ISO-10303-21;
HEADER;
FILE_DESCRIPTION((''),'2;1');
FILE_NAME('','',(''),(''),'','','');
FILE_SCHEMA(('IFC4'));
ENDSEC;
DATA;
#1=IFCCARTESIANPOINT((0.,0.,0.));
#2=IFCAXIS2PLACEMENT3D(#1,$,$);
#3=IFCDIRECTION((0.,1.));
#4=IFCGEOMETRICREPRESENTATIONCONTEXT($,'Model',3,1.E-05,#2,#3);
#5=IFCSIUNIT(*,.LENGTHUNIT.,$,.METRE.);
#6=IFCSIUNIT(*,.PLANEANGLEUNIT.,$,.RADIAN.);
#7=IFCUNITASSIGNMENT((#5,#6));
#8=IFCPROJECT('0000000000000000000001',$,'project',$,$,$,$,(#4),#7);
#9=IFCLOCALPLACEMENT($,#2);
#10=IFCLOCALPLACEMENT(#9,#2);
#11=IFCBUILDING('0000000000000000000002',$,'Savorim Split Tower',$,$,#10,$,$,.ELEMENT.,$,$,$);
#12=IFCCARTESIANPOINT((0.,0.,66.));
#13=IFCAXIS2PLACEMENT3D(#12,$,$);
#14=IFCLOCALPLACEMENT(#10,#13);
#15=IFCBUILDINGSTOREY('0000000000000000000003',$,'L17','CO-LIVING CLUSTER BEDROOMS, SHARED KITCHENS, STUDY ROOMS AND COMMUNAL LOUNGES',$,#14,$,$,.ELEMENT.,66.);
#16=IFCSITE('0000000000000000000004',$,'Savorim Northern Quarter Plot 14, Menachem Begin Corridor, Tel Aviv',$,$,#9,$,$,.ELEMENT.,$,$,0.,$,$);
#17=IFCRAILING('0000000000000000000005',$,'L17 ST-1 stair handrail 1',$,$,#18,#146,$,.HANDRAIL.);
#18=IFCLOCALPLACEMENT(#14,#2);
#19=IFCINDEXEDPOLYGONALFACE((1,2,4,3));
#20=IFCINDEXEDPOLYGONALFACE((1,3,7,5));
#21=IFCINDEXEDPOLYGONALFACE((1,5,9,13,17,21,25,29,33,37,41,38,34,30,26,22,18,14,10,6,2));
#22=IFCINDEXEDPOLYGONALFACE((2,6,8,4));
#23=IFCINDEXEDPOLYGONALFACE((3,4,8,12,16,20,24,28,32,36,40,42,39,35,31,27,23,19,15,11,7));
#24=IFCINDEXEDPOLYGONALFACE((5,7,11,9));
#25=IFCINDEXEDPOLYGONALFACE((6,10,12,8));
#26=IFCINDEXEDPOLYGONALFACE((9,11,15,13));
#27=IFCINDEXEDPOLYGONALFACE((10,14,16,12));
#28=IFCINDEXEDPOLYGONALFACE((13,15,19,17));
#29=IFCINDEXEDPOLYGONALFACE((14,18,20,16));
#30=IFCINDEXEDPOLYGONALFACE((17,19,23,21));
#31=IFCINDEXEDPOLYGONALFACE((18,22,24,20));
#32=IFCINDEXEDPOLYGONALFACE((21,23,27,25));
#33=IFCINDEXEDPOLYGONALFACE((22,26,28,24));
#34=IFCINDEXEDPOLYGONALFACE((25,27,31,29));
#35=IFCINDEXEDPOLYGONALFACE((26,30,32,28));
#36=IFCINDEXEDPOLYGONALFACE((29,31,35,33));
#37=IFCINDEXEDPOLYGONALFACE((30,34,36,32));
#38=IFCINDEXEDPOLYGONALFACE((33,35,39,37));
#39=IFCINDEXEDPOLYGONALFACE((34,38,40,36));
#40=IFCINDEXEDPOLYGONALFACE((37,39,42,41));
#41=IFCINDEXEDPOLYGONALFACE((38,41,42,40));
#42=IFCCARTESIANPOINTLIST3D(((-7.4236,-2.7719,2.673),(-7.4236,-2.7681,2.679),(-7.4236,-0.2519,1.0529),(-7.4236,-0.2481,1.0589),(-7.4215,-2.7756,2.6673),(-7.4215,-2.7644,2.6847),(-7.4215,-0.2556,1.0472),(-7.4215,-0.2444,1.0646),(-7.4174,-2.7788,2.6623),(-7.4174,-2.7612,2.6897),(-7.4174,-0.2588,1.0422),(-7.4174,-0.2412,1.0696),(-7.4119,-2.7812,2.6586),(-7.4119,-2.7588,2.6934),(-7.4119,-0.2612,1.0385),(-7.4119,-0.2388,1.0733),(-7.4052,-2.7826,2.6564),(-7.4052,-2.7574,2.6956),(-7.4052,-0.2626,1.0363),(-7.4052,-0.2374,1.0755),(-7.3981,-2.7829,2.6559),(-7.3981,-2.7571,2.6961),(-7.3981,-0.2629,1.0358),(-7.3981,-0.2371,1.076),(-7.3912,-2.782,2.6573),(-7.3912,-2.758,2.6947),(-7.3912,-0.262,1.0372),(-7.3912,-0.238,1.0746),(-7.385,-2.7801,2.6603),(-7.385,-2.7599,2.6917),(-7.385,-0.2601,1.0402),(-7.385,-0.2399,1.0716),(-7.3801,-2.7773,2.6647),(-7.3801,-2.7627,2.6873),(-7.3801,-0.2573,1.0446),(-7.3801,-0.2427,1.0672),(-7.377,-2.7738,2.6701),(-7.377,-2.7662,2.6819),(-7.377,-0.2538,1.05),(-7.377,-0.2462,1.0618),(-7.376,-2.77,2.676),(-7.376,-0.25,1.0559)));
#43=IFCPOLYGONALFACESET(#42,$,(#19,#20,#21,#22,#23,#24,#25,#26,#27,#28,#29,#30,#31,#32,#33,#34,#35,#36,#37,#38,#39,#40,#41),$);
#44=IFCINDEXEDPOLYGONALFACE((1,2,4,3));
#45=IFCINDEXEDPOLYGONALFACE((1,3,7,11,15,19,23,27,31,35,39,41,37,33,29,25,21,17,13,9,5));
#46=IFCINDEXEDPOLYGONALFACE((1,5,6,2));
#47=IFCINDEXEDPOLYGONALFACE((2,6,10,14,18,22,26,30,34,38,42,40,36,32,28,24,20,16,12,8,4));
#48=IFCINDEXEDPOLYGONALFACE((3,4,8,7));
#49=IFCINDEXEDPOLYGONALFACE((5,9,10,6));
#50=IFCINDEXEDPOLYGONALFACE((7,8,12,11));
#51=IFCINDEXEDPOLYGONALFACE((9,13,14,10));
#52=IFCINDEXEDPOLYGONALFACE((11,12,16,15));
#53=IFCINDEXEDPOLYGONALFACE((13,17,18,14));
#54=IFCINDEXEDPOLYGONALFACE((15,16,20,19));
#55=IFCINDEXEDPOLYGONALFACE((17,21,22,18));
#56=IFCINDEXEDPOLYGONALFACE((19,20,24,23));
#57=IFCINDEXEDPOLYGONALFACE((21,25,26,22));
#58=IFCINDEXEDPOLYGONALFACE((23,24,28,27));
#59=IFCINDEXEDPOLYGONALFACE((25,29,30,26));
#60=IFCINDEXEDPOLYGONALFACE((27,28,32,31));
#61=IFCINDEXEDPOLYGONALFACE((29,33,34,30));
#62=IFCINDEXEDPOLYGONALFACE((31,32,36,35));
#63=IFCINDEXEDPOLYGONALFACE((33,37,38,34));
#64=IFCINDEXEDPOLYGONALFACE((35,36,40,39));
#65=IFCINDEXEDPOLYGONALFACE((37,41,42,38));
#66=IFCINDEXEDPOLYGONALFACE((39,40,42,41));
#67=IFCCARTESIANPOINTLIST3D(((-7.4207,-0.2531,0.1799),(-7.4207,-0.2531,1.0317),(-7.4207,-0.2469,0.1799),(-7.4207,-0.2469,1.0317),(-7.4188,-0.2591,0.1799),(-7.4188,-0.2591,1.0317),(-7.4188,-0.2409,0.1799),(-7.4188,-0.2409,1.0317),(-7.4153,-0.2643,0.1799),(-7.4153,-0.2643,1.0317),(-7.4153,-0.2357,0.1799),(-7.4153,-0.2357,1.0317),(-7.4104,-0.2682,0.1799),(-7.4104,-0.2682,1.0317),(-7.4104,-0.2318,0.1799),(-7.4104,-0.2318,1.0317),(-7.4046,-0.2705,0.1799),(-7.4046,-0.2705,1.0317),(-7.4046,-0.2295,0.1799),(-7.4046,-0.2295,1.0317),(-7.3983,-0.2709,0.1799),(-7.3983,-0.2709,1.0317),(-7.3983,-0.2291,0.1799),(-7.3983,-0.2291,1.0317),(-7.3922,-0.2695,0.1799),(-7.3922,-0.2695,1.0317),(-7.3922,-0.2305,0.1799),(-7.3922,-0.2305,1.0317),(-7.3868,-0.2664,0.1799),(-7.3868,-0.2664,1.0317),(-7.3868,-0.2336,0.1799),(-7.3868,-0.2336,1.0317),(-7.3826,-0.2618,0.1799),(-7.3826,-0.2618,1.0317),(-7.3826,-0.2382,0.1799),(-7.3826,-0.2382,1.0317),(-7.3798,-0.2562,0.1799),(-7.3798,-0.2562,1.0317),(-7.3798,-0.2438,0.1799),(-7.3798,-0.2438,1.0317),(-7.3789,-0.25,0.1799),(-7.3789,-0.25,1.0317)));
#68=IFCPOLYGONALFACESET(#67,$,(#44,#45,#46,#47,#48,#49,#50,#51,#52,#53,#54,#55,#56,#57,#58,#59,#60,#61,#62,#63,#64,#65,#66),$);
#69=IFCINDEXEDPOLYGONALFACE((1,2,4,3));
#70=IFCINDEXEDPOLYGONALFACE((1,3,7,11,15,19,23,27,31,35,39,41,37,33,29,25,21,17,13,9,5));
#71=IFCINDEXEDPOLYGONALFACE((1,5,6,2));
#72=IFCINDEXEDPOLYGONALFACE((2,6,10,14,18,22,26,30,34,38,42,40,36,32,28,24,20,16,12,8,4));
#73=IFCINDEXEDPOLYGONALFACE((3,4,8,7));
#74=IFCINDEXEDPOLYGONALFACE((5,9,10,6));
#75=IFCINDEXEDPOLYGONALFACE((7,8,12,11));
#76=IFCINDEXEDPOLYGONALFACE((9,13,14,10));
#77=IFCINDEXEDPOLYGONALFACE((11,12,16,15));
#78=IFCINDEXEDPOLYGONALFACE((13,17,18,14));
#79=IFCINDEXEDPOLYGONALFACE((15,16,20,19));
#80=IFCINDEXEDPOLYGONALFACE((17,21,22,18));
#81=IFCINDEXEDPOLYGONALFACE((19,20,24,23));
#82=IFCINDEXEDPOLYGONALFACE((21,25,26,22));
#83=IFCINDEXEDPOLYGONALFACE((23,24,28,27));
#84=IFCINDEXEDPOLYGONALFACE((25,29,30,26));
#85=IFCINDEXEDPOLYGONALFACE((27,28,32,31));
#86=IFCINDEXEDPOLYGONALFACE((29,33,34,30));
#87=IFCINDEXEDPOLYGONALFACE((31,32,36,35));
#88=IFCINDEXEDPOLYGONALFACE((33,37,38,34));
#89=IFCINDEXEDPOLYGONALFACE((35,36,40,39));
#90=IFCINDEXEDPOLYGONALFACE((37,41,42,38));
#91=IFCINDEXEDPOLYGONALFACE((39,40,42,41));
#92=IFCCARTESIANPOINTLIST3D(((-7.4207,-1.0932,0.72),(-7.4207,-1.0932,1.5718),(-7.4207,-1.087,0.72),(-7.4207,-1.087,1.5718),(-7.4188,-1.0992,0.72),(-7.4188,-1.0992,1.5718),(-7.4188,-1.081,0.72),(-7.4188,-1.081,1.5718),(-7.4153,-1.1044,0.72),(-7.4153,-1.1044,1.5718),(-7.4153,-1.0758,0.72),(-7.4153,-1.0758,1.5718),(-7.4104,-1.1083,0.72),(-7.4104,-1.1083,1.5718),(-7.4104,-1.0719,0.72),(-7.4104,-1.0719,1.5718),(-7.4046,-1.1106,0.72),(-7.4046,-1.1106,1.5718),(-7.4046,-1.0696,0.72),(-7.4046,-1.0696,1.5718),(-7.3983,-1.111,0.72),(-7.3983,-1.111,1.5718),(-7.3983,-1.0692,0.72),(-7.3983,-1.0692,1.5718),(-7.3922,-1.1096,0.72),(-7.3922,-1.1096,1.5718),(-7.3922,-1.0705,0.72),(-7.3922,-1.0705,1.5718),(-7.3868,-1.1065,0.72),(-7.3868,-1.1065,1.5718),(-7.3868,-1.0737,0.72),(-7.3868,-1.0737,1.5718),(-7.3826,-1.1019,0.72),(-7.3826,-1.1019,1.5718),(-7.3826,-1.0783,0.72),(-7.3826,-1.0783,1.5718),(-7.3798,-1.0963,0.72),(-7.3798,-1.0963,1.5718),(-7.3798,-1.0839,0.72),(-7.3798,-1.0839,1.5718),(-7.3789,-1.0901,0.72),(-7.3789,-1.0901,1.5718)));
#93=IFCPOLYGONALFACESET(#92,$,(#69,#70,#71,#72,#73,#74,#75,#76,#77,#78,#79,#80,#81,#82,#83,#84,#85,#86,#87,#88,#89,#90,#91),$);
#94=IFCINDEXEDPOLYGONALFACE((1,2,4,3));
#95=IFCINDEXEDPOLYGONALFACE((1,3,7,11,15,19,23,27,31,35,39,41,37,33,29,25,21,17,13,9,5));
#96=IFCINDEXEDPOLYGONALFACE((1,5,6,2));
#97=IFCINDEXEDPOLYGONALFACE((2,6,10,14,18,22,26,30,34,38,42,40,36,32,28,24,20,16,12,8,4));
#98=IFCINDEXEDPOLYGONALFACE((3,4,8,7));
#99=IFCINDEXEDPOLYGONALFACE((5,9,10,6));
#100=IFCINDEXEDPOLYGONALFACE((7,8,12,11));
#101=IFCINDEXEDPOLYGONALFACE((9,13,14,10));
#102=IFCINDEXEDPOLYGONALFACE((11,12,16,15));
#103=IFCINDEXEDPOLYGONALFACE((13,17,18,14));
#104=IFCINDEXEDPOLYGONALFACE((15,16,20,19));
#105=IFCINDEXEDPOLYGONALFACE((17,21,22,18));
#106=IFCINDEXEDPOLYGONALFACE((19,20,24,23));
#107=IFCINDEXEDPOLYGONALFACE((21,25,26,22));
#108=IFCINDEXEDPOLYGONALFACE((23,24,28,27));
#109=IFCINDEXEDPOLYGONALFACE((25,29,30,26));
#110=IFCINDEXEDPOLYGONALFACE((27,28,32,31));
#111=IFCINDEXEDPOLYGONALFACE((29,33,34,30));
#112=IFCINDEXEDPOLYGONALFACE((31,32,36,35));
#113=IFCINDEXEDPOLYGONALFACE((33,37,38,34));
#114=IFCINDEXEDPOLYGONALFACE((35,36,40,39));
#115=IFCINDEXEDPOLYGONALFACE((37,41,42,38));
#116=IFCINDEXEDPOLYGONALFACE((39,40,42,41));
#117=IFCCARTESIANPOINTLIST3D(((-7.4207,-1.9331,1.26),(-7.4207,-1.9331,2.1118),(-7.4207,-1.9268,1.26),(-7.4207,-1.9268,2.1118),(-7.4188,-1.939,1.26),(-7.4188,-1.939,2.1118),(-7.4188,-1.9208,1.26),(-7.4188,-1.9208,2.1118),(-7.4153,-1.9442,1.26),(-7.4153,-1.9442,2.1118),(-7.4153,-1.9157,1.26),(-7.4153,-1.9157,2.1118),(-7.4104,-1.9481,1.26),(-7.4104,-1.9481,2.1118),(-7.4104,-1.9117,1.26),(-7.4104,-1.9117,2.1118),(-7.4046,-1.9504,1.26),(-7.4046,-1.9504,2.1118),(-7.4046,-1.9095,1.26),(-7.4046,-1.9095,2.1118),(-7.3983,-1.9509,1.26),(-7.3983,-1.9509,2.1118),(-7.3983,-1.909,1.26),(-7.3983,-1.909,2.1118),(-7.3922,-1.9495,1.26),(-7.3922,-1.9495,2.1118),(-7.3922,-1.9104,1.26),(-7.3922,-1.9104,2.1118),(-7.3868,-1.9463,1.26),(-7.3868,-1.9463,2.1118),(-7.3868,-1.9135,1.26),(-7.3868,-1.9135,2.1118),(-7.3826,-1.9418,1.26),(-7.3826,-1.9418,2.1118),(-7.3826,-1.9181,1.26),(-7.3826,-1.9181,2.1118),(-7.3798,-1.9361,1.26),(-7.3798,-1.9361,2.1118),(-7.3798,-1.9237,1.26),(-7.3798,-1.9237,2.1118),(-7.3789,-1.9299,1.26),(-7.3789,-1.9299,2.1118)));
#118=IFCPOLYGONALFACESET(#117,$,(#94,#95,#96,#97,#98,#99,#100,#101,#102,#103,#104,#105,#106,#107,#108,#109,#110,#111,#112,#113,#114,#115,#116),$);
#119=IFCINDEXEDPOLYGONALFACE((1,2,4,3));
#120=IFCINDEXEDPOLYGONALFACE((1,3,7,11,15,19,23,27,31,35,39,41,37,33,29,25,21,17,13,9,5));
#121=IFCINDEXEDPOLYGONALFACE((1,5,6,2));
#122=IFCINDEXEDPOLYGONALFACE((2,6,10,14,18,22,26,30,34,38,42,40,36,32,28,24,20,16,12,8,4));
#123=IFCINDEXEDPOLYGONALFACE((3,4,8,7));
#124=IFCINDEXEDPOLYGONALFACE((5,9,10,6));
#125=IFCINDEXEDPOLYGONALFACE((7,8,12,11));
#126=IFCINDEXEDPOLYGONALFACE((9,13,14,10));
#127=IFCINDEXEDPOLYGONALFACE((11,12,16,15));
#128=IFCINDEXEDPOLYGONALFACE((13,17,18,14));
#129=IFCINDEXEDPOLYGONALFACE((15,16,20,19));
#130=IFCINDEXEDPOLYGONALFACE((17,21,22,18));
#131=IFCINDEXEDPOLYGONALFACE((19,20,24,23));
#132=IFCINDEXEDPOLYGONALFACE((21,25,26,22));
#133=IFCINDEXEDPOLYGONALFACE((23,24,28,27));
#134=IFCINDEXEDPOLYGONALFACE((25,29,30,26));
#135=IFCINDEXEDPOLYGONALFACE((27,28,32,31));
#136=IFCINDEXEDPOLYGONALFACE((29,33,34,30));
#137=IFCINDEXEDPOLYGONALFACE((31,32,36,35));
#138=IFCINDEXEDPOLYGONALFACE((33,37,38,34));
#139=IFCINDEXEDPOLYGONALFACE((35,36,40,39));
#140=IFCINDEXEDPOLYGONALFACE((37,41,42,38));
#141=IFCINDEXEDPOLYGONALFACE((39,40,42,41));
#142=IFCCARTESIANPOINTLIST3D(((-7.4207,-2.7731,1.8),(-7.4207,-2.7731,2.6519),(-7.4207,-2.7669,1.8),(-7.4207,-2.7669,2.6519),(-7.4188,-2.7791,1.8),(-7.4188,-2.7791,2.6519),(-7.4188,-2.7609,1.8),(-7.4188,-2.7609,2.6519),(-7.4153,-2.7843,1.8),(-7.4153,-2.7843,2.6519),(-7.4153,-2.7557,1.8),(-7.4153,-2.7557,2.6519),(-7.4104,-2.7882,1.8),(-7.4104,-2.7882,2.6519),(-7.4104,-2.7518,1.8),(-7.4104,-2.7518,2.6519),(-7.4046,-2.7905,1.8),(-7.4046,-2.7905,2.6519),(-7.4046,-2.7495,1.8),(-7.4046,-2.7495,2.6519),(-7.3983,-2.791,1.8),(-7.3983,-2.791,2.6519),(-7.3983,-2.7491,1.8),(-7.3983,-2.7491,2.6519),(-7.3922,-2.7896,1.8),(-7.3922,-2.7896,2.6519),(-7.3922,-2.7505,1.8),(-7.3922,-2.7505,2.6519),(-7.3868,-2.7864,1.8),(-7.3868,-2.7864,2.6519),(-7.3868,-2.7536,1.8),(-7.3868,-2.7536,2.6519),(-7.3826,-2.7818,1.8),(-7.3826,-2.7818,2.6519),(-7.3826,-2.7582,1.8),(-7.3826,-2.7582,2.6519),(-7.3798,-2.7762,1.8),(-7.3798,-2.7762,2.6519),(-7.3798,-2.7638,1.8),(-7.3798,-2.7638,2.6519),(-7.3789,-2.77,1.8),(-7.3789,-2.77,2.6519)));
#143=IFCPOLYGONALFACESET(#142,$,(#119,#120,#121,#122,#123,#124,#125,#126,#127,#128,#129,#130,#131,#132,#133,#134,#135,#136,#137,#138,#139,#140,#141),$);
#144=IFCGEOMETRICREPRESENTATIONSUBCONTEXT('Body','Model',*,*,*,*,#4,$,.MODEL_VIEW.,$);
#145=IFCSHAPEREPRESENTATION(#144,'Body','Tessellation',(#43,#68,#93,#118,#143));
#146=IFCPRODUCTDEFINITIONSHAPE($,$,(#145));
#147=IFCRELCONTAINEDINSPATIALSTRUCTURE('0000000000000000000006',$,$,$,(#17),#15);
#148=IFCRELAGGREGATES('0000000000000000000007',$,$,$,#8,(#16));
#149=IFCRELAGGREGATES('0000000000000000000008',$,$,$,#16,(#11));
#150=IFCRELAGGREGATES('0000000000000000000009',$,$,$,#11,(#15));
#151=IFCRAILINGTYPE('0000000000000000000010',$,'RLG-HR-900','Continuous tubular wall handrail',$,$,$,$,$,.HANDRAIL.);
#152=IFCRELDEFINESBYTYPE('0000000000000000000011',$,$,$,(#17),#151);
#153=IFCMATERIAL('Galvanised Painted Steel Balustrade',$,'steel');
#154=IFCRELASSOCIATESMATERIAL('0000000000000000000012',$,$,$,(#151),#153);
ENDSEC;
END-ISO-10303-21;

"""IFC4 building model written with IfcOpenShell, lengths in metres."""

from ifc_helpers import new_model, si_unit, direction, frame, origin, origin_2d, place, context, subcontext, project, spatial, circle, extrude, material, type_object, element, save


model = new_model("IFC4")

# Units and contexts
model_context = context("Model", 3, precision=1e-05, world=origin(), true_north=direction((0.0, 1.0)))
body_context = subcontext(model_context, "Body", "Model", "MODEL_VIEW")
ifc_project = project(units=[si_unit("LENGTHUNIT", "METRE"), si_unit("PLANEANGLEUNIT", "RADIAN")], contexts=[model_context])

# Site, building, storey
site_placement = place(None, origin())
site = spatial("IfcSite", under=ifc_project, at=site_placement, Name="Savorim Northern Quarter Plot 14, Menachem Begin Corridor, Tel Aviv", CompositionType="ELEMENT", RefElevation=0.0)
building_placement = place(site_placement, origin())
building = spatial("IfcBuilding", under=site, at=building_placement, Name="Savorim Split Tower", CompositionType="ELEMENT")
storey_placement = place(building_placement, frame((0.0, 0.0, 66.0)))
storey = spatial("IfcBuildingStorey", under=building, at=storey_placement, Name="L17", Description="CO-LIVING CLUSTER BEDROOMS, SHARED KITCHENS, STUDY ROOMS AND COMMUNAL LOUNGES", CompositionType="ELEMENT", Elevation=66.0)

# Railing
ifc_material_1 = material(Name="Galvanised Painted Steel Balustrade", Category="steel")
railing_type_1 = type_object("IfcRailingType", Name="RLG-HR-900", Description="Continuous tubular wall handrail", PredefinedType="HANDRAIL", material=ifc_material_1)
railing_1_placement = place(storey_placement, frame((-7.3999, -0.25, 0.1799)))
element("IfcRailing", 1, at=railing_1_placement, inside=storey, type_object=railing_type_1, Name="L17 ST-1 stair handrail 1", PredefinedType="HANDRAIL", context=body_context, shape_type="SweptSolid", body=[
    extrude(circle(Radius=0.0239, at=origin_2d()), frame((0.0, 0.0, 0.876), z_axis=(0.0, -0.841163, 0.540782), x_axis=(1.0, 0.0, 0.0)), (0.0, 0.0, 1.0), 2.9958),
    extrude(circle(Radius=0.021, at=origin_2d()), origin(), (0.0, 0.0, 1.0), 0.8518),
    extrude(circle(Radius=0.021, at=origin_2d()), frame((0.0, -0.8401, 0.54)), (0.0, 0.0, 1.0), 0.8518),
    extrude(circle(Radius=0.021, at=origin_2d()), frame((0.0, -1.6799, 1.0801)), (0.0, 0.0, 1.0), 0.8518),
    extrude(circle(Radius=0.021, at=origin_2d()), frame((0.0, -2.52, 1.6201)), (0.0, 0.0, 1.0), 0.8518),
])

save(model, "model.ifc")
